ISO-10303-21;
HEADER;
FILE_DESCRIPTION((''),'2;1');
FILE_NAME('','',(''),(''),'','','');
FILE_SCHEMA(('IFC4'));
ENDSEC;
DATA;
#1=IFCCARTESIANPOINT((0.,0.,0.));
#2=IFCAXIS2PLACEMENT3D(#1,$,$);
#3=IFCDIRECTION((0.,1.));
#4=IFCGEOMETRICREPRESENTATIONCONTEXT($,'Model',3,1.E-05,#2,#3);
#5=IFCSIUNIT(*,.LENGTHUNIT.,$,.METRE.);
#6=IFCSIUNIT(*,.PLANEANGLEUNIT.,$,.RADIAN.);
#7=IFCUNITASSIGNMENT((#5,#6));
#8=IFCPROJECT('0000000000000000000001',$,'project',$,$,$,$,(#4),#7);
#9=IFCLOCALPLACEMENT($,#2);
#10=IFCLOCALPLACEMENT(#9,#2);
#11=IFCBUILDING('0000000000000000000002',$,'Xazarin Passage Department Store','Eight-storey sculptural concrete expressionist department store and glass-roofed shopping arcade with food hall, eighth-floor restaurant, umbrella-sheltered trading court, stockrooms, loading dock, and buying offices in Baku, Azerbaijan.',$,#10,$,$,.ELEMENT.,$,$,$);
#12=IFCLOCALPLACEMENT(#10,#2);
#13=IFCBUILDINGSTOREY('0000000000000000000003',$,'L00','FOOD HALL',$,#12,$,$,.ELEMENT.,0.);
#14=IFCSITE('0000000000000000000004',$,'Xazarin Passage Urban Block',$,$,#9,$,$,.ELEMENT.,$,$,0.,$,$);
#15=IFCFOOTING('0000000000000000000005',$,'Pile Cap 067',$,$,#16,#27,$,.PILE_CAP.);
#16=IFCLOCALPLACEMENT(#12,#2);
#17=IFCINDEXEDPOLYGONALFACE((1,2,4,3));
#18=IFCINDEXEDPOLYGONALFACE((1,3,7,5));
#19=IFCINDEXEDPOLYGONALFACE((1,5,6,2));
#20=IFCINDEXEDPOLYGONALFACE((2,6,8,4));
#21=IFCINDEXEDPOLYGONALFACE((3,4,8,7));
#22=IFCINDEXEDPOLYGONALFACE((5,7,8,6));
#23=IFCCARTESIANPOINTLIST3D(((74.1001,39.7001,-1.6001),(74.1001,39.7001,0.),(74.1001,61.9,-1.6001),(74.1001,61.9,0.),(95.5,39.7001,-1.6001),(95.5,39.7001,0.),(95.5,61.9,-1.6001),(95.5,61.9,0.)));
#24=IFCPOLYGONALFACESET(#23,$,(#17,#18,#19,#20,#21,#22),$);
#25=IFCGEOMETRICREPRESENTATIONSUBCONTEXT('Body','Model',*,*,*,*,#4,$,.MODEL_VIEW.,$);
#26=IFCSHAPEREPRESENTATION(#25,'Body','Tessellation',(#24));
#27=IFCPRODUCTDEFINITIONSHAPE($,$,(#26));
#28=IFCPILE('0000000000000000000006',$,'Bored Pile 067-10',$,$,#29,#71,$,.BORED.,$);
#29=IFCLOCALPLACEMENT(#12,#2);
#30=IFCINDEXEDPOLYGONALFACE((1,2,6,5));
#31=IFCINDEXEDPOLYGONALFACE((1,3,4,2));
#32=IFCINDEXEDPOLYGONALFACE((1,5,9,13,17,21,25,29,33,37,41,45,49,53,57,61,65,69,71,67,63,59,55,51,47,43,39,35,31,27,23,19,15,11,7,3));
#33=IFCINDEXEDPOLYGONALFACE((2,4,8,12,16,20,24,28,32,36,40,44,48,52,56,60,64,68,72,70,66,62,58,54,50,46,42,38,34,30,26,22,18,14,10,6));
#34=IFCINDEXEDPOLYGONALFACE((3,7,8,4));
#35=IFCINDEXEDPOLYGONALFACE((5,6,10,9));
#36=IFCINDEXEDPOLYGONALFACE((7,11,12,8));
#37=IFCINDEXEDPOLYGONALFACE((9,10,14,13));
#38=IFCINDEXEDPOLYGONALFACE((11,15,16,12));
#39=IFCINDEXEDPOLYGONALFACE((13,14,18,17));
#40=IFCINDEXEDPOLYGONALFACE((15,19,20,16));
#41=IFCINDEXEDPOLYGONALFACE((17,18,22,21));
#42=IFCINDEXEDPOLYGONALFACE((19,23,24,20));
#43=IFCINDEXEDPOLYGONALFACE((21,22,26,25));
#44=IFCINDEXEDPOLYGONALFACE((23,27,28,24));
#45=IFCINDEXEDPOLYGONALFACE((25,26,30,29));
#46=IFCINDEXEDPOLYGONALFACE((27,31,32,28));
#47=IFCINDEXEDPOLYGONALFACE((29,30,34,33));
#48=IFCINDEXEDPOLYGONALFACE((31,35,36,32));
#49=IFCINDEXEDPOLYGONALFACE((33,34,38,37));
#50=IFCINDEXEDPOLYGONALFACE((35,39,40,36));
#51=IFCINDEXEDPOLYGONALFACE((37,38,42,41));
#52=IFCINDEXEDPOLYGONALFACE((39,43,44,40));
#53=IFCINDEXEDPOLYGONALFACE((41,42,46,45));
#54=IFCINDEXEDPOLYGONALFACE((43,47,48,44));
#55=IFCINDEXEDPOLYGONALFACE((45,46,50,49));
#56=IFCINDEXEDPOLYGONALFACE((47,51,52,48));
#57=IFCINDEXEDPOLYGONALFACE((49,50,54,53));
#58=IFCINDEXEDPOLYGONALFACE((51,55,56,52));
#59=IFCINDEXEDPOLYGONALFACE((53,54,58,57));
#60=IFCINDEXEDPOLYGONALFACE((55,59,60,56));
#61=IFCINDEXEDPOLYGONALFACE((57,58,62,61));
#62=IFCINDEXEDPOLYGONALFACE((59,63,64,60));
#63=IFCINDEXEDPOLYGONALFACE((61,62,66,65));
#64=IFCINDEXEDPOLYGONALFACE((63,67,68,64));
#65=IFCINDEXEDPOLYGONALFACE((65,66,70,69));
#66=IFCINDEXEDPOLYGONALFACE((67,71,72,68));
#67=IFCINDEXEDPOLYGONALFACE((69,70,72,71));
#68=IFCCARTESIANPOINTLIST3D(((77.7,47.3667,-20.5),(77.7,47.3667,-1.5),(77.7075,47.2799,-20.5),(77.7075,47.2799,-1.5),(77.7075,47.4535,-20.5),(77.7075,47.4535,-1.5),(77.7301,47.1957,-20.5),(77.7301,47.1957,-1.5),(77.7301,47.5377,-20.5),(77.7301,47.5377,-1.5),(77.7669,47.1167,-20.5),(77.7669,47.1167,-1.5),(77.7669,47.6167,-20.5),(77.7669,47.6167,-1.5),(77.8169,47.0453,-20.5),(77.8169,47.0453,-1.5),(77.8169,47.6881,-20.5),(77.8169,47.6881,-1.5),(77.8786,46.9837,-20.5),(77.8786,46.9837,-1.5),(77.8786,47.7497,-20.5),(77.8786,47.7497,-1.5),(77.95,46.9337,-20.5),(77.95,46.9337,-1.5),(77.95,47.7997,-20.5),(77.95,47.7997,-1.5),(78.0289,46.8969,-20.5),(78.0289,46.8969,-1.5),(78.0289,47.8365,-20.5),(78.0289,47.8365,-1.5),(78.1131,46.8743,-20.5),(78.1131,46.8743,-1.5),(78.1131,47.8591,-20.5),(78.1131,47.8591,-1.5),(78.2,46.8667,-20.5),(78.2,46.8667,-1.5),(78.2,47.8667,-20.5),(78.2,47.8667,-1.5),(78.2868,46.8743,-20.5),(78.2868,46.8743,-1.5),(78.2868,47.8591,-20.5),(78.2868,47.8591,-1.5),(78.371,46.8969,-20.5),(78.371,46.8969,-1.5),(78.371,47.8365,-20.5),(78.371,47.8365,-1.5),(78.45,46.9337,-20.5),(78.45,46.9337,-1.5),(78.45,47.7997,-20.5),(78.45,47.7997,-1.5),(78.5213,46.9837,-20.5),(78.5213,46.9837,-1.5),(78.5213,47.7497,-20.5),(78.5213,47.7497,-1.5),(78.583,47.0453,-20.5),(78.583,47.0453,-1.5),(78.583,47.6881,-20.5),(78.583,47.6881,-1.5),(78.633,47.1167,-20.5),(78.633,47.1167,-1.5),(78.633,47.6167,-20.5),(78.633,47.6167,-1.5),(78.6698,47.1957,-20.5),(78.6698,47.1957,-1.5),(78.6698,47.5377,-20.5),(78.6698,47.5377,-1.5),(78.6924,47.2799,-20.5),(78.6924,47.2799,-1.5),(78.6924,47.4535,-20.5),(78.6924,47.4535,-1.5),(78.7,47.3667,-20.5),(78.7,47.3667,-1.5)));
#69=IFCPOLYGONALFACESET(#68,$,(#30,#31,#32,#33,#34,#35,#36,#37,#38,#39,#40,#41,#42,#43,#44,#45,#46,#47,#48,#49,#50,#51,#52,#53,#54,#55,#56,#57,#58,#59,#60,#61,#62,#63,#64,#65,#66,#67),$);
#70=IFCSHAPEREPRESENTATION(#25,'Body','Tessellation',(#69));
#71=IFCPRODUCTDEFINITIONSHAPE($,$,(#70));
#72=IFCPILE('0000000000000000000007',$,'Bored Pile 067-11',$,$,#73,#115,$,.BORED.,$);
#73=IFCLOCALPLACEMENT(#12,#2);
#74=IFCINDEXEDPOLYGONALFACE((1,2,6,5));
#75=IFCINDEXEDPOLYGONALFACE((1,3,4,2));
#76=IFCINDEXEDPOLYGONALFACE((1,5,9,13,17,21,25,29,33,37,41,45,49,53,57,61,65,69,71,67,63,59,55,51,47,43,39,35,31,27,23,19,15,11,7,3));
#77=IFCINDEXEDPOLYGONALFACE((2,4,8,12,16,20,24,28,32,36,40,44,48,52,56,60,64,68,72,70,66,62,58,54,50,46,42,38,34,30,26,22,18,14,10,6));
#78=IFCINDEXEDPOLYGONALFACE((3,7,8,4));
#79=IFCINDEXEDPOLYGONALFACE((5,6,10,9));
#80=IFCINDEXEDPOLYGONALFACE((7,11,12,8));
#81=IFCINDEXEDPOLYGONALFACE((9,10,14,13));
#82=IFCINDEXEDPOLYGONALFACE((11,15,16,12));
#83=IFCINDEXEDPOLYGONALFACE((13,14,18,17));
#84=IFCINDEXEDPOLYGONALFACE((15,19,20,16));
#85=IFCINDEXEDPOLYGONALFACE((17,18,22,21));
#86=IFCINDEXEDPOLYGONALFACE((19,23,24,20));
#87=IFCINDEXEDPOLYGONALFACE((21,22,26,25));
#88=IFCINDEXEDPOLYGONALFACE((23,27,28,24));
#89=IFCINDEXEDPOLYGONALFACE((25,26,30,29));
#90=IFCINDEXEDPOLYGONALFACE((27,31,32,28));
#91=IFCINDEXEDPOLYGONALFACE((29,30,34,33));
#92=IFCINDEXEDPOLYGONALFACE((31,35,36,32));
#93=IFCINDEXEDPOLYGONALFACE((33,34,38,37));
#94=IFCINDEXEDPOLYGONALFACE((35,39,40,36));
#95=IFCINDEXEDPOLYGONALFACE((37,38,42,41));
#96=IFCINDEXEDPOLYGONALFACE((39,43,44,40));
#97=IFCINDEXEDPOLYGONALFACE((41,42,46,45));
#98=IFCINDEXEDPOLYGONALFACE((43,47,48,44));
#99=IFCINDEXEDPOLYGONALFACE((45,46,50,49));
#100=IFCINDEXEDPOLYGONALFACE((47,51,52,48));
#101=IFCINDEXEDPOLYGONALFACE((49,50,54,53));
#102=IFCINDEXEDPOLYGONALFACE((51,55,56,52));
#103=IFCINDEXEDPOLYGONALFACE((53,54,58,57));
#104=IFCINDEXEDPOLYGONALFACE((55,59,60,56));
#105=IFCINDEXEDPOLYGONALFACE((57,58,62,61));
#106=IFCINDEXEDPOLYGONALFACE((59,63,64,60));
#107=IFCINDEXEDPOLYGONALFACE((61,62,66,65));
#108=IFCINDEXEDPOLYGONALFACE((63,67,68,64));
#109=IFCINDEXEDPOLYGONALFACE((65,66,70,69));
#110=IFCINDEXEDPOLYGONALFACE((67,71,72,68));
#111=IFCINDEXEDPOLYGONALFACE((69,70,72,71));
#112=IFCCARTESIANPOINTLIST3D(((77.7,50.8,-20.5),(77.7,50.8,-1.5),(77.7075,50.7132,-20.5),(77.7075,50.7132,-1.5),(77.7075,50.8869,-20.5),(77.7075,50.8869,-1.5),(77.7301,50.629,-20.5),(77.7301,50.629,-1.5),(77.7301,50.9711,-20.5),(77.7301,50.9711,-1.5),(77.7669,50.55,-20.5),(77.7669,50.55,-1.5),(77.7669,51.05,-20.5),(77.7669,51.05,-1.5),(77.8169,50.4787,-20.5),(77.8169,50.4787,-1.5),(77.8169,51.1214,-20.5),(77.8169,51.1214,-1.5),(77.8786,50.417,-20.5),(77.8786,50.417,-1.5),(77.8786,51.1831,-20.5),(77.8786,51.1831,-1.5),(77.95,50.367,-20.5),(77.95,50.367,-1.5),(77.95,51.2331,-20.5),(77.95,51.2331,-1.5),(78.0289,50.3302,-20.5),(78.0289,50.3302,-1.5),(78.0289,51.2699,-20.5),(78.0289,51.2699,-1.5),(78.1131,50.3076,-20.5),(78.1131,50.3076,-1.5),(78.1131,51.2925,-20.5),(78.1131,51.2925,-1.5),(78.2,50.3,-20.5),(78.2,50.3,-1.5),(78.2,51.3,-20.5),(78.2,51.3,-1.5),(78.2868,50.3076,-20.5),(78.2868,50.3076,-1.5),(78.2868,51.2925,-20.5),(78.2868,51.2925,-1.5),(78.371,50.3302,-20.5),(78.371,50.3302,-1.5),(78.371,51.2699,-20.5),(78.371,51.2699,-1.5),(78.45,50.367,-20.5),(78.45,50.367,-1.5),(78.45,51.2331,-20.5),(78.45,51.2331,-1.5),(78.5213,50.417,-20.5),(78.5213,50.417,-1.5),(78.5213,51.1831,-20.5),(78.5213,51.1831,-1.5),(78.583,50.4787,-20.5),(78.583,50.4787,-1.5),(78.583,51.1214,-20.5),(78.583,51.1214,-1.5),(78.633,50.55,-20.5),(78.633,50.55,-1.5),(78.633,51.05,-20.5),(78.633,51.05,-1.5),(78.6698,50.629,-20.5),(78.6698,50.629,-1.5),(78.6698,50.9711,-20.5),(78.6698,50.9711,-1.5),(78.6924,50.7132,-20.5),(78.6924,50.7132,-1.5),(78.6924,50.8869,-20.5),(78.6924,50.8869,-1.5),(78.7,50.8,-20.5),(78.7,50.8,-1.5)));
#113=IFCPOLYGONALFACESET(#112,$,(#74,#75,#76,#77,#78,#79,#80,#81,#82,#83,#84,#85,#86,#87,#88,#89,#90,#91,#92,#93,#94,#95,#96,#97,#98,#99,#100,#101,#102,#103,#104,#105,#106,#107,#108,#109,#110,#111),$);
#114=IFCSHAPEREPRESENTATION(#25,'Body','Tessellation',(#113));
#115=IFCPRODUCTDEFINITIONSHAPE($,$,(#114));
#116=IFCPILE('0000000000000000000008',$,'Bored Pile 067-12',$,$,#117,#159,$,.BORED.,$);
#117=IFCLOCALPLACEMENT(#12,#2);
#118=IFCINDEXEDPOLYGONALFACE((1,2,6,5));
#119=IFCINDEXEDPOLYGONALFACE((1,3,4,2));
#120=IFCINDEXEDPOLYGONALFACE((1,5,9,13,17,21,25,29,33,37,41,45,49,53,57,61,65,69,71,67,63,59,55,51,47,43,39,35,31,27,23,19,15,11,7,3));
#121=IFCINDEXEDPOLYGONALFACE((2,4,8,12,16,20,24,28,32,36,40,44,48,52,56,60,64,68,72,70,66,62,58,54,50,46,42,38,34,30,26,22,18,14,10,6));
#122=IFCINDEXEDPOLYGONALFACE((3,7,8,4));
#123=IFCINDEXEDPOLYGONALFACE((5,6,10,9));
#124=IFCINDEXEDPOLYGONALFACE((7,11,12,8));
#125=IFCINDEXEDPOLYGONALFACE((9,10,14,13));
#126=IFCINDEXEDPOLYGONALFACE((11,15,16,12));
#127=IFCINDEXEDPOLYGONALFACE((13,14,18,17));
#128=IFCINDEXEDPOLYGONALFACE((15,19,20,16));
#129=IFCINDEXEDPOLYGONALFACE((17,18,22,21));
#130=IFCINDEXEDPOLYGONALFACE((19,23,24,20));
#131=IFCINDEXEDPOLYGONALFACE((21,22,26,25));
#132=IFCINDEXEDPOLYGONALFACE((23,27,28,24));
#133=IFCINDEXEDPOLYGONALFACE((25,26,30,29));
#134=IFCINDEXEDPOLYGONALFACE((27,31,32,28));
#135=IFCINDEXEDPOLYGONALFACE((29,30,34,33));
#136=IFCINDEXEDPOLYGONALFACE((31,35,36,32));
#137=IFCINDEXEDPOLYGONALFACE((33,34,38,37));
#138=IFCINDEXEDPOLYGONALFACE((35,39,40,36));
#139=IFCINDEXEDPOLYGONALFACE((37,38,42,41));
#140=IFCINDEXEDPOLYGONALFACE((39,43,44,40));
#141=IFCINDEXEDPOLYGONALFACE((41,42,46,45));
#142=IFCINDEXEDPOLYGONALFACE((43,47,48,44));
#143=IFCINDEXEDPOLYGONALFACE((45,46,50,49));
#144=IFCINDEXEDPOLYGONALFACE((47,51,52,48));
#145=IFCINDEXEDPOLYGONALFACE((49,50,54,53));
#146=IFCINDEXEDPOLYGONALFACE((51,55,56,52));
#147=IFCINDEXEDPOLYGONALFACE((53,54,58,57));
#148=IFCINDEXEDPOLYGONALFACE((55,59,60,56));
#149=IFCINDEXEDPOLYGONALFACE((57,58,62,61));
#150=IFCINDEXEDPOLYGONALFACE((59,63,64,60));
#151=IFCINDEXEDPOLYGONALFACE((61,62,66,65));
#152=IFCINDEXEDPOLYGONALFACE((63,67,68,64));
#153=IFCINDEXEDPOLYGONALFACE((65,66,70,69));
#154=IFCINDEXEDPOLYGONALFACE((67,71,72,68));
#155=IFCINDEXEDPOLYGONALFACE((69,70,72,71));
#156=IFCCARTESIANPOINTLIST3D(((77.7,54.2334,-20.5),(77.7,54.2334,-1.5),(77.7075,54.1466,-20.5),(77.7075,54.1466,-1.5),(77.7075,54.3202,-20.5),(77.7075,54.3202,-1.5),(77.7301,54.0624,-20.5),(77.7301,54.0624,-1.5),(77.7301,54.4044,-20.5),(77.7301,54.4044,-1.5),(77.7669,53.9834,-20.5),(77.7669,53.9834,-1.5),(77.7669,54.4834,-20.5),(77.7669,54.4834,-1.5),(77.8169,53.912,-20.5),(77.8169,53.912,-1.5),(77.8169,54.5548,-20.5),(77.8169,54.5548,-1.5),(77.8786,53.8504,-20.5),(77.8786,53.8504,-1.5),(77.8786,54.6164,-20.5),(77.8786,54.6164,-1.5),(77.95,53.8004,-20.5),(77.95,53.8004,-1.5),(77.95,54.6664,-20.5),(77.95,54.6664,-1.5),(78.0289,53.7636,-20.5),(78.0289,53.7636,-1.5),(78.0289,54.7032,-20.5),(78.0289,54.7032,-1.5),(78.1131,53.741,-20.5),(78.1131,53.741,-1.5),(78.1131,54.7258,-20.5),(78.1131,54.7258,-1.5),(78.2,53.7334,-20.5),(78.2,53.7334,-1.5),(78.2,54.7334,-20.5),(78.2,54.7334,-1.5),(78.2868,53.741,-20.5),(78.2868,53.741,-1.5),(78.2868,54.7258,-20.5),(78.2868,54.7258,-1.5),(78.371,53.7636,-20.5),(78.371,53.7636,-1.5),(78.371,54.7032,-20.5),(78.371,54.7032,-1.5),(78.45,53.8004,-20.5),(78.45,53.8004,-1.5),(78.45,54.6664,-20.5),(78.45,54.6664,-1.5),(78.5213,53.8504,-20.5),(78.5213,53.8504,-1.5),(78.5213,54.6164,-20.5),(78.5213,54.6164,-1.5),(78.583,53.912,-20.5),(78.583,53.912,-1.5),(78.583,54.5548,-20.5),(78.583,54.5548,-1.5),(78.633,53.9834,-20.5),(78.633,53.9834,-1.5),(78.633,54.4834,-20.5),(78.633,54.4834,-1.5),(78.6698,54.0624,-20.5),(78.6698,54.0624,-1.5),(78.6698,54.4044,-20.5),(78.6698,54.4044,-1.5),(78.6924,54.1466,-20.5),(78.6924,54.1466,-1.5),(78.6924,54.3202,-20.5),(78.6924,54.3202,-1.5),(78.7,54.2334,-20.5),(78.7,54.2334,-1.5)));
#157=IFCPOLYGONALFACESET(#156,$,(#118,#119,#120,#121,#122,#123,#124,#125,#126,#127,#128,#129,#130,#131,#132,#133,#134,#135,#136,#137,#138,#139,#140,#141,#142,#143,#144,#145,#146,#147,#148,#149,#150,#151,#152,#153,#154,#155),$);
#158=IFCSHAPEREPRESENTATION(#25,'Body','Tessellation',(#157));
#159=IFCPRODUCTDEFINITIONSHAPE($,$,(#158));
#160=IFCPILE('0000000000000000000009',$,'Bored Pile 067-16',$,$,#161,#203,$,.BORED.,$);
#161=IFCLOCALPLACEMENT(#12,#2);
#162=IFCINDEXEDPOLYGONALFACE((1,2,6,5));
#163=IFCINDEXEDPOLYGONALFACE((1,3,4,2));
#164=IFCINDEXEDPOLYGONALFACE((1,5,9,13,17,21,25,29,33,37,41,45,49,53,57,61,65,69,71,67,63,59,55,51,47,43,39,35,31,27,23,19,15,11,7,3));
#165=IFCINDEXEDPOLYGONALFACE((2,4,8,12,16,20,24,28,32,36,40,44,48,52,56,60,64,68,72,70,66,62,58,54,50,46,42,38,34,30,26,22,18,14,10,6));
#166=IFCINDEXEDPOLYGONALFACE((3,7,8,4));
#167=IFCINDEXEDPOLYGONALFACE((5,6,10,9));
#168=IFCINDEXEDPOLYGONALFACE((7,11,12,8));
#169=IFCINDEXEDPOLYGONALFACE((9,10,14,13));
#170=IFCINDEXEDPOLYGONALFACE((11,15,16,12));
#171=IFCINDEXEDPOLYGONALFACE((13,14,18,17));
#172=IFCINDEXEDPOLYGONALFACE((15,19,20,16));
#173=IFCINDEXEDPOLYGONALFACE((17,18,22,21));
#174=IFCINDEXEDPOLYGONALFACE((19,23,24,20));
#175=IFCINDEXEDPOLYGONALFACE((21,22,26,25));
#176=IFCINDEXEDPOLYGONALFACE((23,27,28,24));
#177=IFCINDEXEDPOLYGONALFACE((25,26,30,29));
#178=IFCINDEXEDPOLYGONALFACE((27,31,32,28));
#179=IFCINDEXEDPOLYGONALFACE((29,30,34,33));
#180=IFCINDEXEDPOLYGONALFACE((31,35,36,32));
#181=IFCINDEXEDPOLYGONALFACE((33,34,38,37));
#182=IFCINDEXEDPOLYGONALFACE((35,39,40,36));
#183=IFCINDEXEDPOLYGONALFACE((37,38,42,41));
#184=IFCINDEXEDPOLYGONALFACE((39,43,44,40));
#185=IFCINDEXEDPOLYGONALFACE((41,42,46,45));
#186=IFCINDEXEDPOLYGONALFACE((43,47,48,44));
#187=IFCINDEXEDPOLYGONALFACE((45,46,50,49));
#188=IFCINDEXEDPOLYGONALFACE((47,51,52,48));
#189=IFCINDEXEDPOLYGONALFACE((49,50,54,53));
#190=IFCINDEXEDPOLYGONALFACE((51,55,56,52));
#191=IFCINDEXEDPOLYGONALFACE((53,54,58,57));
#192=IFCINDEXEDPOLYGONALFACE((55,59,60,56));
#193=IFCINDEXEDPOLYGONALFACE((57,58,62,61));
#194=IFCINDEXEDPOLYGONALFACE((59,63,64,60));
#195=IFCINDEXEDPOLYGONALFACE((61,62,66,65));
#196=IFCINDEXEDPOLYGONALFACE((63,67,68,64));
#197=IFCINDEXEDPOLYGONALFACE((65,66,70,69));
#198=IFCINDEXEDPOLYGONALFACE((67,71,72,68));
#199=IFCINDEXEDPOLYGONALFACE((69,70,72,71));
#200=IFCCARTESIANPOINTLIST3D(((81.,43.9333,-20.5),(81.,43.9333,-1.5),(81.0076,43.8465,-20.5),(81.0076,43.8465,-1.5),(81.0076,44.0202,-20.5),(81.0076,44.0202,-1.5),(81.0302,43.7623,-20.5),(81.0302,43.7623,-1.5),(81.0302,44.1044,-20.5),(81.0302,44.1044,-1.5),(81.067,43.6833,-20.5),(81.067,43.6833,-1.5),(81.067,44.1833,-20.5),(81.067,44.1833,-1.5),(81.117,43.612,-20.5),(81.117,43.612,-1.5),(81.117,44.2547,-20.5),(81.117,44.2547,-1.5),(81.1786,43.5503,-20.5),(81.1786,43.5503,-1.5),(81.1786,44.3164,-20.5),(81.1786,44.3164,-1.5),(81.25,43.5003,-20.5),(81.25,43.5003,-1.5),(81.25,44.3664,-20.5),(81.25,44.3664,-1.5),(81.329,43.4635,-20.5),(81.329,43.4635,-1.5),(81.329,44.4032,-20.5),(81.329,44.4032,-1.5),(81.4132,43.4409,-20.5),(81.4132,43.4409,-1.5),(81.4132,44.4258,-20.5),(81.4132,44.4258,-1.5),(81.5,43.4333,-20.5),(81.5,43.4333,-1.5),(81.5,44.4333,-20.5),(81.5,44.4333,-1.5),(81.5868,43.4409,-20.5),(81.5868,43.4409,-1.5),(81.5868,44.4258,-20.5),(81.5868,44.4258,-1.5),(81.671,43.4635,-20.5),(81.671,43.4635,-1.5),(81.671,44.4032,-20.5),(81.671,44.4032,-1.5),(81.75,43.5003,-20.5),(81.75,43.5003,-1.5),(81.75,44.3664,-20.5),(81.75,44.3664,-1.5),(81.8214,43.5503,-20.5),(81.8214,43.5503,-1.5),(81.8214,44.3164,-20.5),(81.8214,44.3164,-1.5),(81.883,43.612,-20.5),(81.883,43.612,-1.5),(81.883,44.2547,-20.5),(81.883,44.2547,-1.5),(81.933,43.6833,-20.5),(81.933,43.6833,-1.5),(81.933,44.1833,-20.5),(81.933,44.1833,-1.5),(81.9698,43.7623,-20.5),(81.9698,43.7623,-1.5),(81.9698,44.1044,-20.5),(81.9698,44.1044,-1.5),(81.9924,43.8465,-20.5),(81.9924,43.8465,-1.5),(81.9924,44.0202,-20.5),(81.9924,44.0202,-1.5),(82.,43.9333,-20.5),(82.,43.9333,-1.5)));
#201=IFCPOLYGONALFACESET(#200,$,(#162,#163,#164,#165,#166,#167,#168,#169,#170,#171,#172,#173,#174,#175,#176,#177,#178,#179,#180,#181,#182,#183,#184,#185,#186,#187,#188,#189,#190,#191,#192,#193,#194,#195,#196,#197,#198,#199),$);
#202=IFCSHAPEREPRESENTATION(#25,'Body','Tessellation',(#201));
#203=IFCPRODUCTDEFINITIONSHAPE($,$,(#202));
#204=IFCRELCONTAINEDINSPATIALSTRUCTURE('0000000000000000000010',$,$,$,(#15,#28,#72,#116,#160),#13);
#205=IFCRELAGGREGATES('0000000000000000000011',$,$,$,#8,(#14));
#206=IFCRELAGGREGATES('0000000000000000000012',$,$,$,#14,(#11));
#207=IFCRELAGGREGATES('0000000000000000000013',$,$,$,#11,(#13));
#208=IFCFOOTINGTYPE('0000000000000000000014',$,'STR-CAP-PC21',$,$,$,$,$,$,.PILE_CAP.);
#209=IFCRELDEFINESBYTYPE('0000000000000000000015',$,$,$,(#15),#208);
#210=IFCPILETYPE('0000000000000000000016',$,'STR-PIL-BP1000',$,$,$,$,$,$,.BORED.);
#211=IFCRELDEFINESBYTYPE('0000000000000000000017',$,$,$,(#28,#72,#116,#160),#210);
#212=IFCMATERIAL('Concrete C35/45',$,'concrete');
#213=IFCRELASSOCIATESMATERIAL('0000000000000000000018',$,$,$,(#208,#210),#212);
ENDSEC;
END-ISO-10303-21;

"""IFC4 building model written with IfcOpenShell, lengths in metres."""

from ifc_helpers import new_model, si_unit, direction, frame, origin, origin_2d, place, context, subcontext, project, spatial, rectangle, circle, extrude, material, material_profile, profile_set, type_object, element, save


model = new_model("IFC4")

# Units and contexts
model_context = context("Model", 3, precision=1e-05, world=origin(), true_north=direction((0.0, 1.0)))
body_context = subcontext(model_context, "Body", "Model", "MODEL_VIEW")
ifc_project = project(units=[si_unit("LENGTHUNIT", "METRE"), si_unit("PLANEANGLEUNIT", "RADIAN")], contexts=[model_context])

# Site, building, storey
site_placement = place(None, origin())
site = spatial("IfcSite", under=ifc_project, at=site_placement, Name="Xazarin Passage Urban Block", CompositionType="ELEMENT", RefElevation=0.0)
building_placement = place(site_placement, origin())
building = spatial("IfcBuilding", under=site, at=building_placement, Name="Xazarin Passage Department Store", Description="Eight-storey sculptural concrete expressionist department store and glass-roofed shopping arcade with food hall, eighth-floor restaurant, umbrella-sheltered trading court, stockrooms, loading dock, and buying offices in Baku, Azerbaijan.", CompositionType="ELEMENT")
storey_placement = place(building_placement, origin())
storey = spatial("IfcBuildingStorey", under=building, at=storey_placement, Name="L00", Description="FOOD HALL", CompositionType="ELEMENT", Elevation=0.0)

# Footing
ifc_material_1 = material(Name="Concrete C35/45", Category="concrete")
footing_type = type_object("IfcFootingType", Name="STR-CAP-PC21", PredefinedType="PILE_CAP", material=ifc_material_1)
footing_placement = place(storey_placement, frame((84.8, 50.8, -1.6001), z_axis=(0.0, 0.0, 1.0), x_axis=(0.0, 1.0, 0.0)))
element("IfcFooting", 1, at=footing_placement, inside=storey, type_object=footing_type, Name="Pile Cap 067", PredefinedType="PILE_CAP", context=body_context, shape_type="SweptSolid", body=[
    extrude(rectangle(XDim=22.2, YDim=21.3999, at=origin_2d()), origin(), (0.0, 0.0, 1.0), 1.6001),
])

# Piles
ifc_material_profile_1 = material_profile(ifc_material_1, circle(Radius=0.5, at=origin_2d()), Name="BP 1000")
ifc_profile_set_1 = profile_set([ifc_material_profile_1], Name="Concrete C35/45")
pile_type_1 = type_object("IfcPileType", Name="STR-PIL-BP1000", PredefinedType="BORED", material=ifc_profile_set_1)
for number, where, z_axis, x_axis, name in (
    (2, (78.2, 47.3667, -1.5), (0.0, 0.0, -1.0), (1.0, 0.0, 0.0), "Bored Pile 067-10"),
    (3, (78.2, 50.8, -1.5), (0.0, 0.0, -1.0), (1.0, 0.0, 0.0), "Bored Pile 067-11"),
    (4, (78.2, 54.2334, -1.5), (0.0, 0.0, -1.0), (1.0, 0.0, 0.0), "Bored Pile 067-12"),
    (5, (81.5, 43.9333, -1.5), (0.0, 0.0, -1.0), (1.0, 0.0, 0.0), "Bored Pile 067-16"),
):
    element("IfcPile", number, at=place(storey_placement, frame(where, z_axis=z_axis, x_axis=x_axis)), inside=storey, type_object=pile_type_1, Name=name, PredefinedType="BORED", context=body_context, shape_type="SweptSolid", body=[
        extrude(circle(Radius=0.5, at=origin_2d()), origin(), (0.0, 0.0, 1.0), 19.0),
    ])

save(model, "model.ifc")
